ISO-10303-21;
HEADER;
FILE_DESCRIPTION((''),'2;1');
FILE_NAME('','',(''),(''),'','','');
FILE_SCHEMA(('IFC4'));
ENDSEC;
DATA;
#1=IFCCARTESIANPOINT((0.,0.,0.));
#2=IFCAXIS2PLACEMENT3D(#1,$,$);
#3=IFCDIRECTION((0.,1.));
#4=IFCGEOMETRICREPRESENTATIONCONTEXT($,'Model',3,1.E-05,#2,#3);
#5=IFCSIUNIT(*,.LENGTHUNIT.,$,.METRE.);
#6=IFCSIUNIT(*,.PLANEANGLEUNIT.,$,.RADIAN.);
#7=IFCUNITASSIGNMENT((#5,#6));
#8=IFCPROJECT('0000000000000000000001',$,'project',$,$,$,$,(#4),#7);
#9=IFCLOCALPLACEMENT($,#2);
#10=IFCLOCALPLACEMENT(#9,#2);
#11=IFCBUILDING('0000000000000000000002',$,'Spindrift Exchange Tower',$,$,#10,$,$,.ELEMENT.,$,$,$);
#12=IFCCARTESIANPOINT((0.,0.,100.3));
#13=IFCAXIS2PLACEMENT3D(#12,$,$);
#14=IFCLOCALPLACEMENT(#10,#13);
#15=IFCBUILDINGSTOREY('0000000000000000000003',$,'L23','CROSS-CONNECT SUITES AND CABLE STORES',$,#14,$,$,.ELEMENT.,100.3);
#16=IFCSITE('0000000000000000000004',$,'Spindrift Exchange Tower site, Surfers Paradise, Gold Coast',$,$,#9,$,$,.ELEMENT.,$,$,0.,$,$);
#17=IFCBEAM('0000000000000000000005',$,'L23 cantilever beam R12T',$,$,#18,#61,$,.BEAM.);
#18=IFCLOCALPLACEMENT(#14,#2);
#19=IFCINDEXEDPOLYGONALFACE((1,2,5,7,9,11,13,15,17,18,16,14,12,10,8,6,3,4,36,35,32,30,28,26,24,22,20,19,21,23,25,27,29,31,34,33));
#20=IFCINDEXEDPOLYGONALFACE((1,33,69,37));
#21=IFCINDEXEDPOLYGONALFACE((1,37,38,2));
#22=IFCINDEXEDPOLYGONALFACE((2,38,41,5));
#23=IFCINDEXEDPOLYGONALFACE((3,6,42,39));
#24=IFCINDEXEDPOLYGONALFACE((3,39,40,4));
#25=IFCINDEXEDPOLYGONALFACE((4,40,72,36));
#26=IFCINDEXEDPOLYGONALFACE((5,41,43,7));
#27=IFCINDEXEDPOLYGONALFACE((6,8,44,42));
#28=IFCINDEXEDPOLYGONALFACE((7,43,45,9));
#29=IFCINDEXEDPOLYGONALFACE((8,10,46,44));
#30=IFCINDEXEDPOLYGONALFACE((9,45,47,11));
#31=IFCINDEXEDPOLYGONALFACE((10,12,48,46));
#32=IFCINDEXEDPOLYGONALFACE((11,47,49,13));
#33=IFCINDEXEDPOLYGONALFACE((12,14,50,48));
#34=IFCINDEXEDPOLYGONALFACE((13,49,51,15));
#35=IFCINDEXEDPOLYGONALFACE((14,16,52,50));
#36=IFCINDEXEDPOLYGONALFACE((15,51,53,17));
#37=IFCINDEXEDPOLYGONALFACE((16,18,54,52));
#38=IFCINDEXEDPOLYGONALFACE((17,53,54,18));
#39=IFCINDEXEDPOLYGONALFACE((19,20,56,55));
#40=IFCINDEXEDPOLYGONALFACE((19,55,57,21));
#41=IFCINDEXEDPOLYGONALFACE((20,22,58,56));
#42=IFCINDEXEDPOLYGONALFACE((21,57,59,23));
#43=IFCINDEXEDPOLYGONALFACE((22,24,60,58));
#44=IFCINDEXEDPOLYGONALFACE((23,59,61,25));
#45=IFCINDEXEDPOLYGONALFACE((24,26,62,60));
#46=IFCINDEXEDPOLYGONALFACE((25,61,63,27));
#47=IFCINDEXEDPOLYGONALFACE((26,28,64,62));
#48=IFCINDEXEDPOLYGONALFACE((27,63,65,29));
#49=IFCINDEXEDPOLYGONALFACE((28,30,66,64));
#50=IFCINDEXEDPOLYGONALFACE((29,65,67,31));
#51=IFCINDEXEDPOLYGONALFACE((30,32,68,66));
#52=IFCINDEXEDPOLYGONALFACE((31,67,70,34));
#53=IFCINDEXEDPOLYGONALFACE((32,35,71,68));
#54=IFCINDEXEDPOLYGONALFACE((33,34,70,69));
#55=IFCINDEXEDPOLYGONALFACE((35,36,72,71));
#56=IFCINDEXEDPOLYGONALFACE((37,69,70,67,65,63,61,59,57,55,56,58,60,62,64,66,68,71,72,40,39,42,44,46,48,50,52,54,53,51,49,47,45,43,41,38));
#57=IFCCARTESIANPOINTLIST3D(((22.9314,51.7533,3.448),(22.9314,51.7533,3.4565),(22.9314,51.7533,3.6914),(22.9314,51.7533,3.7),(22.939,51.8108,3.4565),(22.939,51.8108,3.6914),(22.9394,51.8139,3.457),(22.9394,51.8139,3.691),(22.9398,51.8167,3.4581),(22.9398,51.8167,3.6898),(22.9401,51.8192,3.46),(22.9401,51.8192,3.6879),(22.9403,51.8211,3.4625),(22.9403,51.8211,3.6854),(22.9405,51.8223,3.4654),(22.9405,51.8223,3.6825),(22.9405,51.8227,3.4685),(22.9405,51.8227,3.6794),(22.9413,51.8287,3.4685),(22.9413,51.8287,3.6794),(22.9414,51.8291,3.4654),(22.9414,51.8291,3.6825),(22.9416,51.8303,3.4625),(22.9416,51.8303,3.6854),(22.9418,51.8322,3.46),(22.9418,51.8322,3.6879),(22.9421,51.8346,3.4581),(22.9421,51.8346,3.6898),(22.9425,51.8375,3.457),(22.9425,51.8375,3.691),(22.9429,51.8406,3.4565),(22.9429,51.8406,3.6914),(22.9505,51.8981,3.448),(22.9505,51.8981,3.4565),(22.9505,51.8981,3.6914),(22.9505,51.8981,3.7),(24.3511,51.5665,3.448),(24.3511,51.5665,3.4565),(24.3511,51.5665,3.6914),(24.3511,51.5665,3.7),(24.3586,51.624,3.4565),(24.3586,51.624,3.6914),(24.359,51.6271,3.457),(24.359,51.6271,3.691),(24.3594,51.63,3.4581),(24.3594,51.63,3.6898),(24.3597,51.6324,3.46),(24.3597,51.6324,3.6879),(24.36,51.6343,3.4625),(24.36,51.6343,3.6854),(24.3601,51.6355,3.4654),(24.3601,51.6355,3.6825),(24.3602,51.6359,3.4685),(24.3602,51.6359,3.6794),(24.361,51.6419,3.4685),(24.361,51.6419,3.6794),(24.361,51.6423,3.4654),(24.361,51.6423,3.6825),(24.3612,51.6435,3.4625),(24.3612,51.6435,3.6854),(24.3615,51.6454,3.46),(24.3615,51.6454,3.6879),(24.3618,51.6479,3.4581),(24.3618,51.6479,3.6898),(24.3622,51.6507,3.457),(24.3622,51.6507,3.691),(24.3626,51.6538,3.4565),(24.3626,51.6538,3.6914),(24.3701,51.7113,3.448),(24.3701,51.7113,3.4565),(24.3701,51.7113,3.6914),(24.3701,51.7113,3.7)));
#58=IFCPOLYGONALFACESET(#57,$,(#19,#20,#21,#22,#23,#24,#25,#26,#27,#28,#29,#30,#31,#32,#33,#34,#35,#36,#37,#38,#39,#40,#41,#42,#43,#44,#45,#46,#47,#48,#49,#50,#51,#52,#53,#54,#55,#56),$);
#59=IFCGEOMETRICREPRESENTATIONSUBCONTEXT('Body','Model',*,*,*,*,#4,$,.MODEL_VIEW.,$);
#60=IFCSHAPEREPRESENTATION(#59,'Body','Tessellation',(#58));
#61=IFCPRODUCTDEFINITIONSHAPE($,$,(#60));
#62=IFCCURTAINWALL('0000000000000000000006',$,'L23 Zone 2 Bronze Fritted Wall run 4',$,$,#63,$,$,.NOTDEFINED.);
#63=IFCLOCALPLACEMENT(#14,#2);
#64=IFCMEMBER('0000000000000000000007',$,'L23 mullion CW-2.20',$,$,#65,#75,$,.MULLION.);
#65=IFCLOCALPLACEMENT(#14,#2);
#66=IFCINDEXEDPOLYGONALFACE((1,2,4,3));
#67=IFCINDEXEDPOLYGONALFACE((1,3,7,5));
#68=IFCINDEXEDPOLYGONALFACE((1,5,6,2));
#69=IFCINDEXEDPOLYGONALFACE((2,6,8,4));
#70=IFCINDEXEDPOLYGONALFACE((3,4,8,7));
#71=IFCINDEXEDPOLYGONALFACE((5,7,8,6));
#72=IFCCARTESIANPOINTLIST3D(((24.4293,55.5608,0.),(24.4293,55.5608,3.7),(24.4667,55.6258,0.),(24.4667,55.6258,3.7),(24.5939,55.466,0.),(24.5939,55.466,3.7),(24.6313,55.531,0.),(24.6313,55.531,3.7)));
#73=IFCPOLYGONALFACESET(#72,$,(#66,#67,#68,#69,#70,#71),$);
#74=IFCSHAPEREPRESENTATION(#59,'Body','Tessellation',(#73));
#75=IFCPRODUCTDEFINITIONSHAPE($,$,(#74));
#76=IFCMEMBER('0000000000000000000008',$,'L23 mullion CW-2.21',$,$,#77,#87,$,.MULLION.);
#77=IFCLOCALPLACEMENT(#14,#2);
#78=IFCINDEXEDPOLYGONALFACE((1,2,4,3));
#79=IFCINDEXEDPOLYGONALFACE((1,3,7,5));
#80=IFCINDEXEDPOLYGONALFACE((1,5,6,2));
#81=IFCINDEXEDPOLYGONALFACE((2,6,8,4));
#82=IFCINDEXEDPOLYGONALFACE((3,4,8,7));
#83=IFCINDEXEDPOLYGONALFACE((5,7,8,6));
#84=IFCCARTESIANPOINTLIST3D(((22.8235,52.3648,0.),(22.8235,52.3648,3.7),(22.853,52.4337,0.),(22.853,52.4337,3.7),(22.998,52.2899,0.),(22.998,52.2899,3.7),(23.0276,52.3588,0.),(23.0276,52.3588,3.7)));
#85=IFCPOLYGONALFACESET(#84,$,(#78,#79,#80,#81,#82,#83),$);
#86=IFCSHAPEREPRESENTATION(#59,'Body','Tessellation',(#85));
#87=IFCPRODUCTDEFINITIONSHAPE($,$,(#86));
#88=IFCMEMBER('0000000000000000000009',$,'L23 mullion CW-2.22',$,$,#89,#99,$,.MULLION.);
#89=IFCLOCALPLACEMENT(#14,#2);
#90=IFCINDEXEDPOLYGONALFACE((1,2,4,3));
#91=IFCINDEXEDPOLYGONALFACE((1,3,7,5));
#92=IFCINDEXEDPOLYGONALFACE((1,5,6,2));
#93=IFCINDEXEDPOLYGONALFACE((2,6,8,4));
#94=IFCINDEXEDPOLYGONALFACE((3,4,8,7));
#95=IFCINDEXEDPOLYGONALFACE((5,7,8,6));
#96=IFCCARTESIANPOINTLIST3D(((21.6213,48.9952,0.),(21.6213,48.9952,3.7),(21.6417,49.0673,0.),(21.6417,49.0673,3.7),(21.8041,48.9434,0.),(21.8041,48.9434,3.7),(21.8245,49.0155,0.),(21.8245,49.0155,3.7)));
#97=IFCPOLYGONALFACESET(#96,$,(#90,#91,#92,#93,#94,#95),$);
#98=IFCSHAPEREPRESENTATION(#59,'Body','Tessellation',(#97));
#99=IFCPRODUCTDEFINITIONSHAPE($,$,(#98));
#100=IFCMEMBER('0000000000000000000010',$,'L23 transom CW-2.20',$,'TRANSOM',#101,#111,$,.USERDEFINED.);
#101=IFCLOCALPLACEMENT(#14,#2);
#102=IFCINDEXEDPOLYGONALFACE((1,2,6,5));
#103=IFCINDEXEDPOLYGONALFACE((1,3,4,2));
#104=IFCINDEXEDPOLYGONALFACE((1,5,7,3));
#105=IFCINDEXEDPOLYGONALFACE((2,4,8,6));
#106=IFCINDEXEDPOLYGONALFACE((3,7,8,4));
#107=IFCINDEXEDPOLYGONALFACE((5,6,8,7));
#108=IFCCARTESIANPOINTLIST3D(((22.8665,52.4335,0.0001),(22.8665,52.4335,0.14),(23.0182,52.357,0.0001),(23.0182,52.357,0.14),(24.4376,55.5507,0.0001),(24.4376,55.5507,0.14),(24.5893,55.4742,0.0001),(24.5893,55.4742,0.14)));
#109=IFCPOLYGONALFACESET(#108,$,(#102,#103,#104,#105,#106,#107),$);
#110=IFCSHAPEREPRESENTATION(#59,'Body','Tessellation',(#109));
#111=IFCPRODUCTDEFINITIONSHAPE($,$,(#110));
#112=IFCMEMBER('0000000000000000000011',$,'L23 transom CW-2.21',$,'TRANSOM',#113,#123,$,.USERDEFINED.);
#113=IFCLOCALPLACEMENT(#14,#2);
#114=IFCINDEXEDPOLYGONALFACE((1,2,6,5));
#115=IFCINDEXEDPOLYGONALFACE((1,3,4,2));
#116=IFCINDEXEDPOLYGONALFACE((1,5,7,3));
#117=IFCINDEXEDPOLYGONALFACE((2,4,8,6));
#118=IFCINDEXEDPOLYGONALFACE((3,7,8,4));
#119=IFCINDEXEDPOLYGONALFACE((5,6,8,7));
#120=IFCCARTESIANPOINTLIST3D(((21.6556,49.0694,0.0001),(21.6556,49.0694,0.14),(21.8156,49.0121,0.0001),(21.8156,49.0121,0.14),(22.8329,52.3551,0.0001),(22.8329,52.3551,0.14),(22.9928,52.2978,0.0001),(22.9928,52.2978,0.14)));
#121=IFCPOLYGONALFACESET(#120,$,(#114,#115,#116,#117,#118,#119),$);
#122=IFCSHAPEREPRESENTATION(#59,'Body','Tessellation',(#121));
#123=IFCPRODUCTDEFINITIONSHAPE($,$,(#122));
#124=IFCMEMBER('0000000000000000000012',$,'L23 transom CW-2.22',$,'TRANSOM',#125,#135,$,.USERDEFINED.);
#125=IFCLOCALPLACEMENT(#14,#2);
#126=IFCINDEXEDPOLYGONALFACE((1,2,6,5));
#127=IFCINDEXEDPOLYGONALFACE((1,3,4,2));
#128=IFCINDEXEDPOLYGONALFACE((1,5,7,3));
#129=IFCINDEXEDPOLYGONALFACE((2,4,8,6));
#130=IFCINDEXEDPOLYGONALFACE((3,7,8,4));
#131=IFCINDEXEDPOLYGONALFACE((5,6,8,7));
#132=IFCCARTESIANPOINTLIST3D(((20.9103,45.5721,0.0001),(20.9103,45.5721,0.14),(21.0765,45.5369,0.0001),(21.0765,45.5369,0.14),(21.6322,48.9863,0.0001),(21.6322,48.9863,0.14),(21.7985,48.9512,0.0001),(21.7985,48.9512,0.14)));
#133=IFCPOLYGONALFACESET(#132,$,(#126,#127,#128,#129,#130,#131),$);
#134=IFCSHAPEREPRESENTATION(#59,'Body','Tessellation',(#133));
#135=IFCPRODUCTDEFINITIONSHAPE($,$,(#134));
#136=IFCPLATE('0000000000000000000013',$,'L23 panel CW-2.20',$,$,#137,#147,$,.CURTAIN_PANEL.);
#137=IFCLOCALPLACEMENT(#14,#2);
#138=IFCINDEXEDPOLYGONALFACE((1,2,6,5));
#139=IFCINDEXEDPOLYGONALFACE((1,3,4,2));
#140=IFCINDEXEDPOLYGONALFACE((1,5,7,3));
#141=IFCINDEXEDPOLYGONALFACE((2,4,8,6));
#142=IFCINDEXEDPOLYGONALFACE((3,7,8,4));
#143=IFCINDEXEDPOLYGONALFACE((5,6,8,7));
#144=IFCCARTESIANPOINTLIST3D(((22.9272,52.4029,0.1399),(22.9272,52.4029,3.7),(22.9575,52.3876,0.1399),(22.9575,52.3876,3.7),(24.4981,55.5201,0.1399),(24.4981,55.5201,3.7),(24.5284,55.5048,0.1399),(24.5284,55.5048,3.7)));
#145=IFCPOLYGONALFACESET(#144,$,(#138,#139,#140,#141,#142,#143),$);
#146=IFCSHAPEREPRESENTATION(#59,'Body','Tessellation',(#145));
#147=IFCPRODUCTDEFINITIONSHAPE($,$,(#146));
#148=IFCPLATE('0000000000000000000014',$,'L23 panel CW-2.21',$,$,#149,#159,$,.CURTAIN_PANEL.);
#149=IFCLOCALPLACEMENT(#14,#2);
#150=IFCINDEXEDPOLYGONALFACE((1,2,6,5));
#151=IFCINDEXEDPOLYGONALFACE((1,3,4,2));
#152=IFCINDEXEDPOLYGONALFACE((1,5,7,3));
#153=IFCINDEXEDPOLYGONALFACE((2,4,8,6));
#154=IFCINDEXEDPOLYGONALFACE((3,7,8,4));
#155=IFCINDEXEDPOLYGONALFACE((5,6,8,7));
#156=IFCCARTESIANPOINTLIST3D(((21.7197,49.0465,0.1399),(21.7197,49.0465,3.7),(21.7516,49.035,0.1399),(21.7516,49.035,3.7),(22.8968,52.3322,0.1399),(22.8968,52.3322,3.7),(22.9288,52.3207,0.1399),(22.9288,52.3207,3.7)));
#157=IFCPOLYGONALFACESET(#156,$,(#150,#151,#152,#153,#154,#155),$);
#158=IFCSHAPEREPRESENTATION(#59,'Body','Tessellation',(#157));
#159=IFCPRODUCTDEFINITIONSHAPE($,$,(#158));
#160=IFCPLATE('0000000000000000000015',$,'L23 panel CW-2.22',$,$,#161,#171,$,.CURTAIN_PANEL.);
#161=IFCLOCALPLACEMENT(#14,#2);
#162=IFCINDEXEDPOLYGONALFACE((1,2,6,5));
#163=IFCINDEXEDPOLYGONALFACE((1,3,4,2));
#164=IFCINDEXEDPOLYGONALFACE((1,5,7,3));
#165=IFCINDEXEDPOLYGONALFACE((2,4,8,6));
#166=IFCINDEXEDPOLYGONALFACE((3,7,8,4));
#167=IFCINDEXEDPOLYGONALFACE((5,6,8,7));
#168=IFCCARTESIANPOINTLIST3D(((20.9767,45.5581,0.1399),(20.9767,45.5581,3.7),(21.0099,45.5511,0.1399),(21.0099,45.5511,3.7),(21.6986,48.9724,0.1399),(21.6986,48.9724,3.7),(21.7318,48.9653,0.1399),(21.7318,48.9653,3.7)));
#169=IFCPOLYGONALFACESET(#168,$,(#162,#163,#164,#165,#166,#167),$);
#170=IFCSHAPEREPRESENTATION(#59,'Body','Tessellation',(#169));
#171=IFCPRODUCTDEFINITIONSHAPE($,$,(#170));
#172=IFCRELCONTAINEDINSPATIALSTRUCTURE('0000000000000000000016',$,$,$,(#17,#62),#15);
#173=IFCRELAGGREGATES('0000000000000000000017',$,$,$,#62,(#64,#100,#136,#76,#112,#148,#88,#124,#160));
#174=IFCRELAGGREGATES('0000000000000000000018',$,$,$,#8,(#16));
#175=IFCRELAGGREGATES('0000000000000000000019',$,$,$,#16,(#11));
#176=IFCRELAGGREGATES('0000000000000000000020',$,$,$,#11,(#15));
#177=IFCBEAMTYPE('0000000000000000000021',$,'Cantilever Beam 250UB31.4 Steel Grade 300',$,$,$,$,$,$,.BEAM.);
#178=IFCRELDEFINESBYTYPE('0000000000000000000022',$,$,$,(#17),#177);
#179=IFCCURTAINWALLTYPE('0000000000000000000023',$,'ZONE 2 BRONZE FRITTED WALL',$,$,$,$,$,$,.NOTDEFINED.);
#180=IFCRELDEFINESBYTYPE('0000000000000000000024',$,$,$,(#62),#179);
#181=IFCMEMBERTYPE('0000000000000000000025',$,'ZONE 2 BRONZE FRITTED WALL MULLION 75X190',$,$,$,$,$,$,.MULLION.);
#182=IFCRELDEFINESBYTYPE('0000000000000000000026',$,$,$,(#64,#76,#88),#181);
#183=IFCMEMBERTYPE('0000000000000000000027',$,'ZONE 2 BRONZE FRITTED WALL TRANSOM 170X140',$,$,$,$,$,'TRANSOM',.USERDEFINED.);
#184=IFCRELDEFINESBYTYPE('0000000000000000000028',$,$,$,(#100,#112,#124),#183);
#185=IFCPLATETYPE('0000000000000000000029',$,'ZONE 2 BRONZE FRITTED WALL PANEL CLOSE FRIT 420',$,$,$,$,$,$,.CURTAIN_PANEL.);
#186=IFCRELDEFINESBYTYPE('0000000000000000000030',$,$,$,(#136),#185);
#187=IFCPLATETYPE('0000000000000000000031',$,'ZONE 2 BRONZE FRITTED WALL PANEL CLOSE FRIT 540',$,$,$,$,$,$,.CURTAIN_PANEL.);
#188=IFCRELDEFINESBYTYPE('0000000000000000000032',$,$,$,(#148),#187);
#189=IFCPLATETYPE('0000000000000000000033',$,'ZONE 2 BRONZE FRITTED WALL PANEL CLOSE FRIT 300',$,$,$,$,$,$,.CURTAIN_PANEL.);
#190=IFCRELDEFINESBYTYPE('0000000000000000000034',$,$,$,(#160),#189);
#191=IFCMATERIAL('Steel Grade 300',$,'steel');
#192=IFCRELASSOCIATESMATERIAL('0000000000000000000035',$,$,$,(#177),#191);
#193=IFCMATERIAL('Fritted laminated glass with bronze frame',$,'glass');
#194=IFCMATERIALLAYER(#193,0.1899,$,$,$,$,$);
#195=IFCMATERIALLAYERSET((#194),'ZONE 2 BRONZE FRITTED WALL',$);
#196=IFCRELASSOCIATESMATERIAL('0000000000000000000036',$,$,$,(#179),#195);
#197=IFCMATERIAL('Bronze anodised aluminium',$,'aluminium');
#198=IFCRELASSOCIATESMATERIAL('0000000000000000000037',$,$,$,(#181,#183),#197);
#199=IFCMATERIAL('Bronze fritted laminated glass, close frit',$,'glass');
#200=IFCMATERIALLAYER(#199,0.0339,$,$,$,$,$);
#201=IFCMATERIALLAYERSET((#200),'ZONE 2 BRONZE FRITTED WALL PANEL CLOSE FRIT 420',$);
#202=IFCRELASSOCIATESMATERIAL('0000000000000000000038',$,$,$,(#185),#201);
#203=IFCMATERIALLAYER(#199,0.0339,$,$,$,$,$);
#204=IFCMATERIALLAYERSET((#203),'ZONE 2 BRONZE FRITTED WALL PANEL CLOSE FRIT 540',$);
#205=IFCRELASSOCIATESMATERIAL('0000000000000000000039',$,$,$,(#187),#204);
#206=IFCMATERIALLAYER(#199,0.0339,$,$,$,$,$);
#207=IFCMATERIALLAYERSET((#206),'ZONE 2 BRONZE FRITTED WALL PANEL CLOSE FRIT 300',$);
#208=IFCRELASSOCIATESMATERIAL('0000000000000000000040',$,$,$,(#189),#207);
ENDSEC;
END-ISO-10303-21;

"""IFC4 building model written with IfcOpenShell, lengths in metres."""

from ifc_helpers import new_model, si_unit, direction, frame, origin, origin_2d, place, context, subcontext, project, spatial, rectangle, i_section, extrude, source, transform, mapped, material, layer, layer_set, material_profile, profile_set, type_object, element, aggregate, save


model = new_model("IFC4")

# Units and contexts
model_context = context("Model", 3, precision=1e-05, world=origin(), true_north=direction((0.0, 1.0)))
body_context = subcontext(model_context, "Body", "Model", "MODEL_VIEW")
ifc_project = project(units=[si_unit("LENGTHUNIT", "METRE"), si_unit("PLANEANGLEUNIT", "RADIAN")], contexts=[model_context])

# Site, building, storey
site_placement = place(None, origin())
site = spatial("IfcSite", under=ifc_project, at=site_placement, Name="Spindrift Exchange Tower site, Surfers Paradise, Gold Coast", CompositionType="ELEMENT", RefElevation=0.0)
building_placement = place(site_placement, origin())
building = spatial("IfcBuilding", under=site, at=building_placement, Name="Spindrift Exchange Tower", CompositionType="ELEMENT")
storey_placement = place(building_placement, frame((0.0, 0.0, 100.3)))
storey = spatial("IfcBuildingStorey", under=building, at=storey_placement, Name="L23", Description="CROSS-CONNECT SUITES AND CABLE STORES", CompositionType="ELEMENT", Elevation=100.3)

# Beam
ifc_material_1 = material(Name="Steel Grade 300", Category="steel")
ifc_material_profile_1 = material_profile(ifc_material_1, i_section(OverallWidth=0.146, OverallDepth=0.252, WebThickness=0.0061, FlangeThickness=0.0085, FilletRadius=0.012, at=origin_2d()), Name="250UB31.4")
ifc_profile_set_1 = profile_set([ifc_material_profile_1], Name="Steel Grade 300")
beam_type_1 = type_object("IfcBeamType", Name="Cantilever Beam 250UB31.4 Steel Grade 300", PredefinedType="BEAM", material=ifc_profile_set_1)
shared_shape_1 = source(origin(), body_context, "Body", "SweptSolid", [
    extrude(i_section(OverallWidth=0.146, OverallDepth=0.252, WebThickness=0.0061, FlangeThickness=0.0085, FilletRadius=0.012, at=origin_2d()), origin(), (0.0, 0.0, 1.0), 1.4319),
])
beam_1_placement = place(storey_placement, frame((24.3606, 51.6389, 3.574), z_axis=(-0.991457, 0.130432, 0.0), x_axis=(-0.130432, -0.991457, 0.0)))
element("IfcBeam", 1, at=beam_1_placement, inside=storey, type_object=beam_type_1, Name="L23 cantilever beam R12T", PredefinedType="BEAM", context=body_context, shape_type="MappedRepresentation", body=[
    mapped(shared_shape_1, transform((0.0, 0.0, 0.0), scale=1.0)),
])

# Curtain wall, members, plates
ifc_material_2 = material(Name="Fritted laminated glass with bronze frame", Category="glass")
ifc_layer_1 = layer(ifc_material_2, 0.1899)
ifc_layer_set_1 = layer_set([ifc_layer_1], Name="ZONE 2 BRONZE FRITTED WALL")
curtain_wall_type = type_object("IfcCurtainWallType", Name="ZONE 2 BRONZE FRITTED WALL", PredefinedType="NOTDEFINED", material=ifc_layer_set_1)
curtain_wall_placement = place(storey_placement, origin())
curtain_wall = element("IfcCurtainWall", 2, at=curtain_wall_placement, inside=storey, type_object=curtain_wall_type, Name="L23 Zone 2 Bronze Fritted Wall run 4", PredefinedType="NOTDEFINED")
ifc_material_3 = material(Name="Bronze anodised aluminium", Category="aluminium")
ifc_material_profile_2 = material_profile(ifc_material_3, rectangle(XDim=0.075, YDim=0.1899, at=origin_2d()), Name="ZONE 2 BRONZE FRITTED WALL MULLION 75X190")
ifc_profile_set_2 = profile_set([ifc_material_profile_2], Name="Bronze anodised aluminium")
member_type_1 = type_object("IfcMemberType", Name="ZONE 2 BRONZE FRITTED WALL MULLION 75X190", PredefinedType="MULLION", material=ifc_profile_set_2)
shared_shape_2 = source(origin(), body_context, "Body", "SweptSolid", [
    extrude(rectangle(XDim=0.075, YDim=0.1899, at=origin_2d()), origin(), (0.0, 0.0, 1.0), 3.7),
])
member_1_placement = place(storey_placement, frame((24.5303, 55.5459, 0.0), z_axis=(0.0, 0.0, 1.0), x_axis=(-0.499269, -0.866447, 0.0)))
member_1 = element("IfcMember", 3, at=member_1_placement, type_object=member_type_1, Name="L23 mullion CW-2.20", PredefinedType="MULLION", context=body_context, shape_type="MappedRepresentation", body=[
    mapped(shared_shape_2, transform((0.0, 0.0, 0.0), scale=1.0)),
])
member_2_placement = place(storey_placement, frame((22.9255, 52.3618, 0.0), z_axis=(0.0, 0.0, 1.0), x_axis=(-0.394401, -0.918938, 0.0)))
member_2 = element("IfcMember", 4, at=member_2_placement, type_object=member_type_1, Name="L23 mullion CW-2.21", PredefinedType="MULLION", context=body_context, shape_type="MappedRepresentation", body=[
    mapped(shared_shape_2, transform((0.0, 0.0, 0.0), scale=1.0)),
])
member_3_placement = place(storey_placement, frame((21.7229, 49.0054, 0.0), z_axis=(0.0, 0.0, 1.0), x_axis=(-0.272697, -0.9621, 0.0)))
member_3 = element("IfcMember", 5, at=member_3_placement, type_object=member_type_1, Name="L23 mullion CW-2.22", PredefinedType="MULLION", context=body_context, shape_type="MappedRepresentation", body=[
    mapped(shared_shape_2, transform((0.0, 0.0, 0.0), scale=1.0)),
])
ifc_material_profile_3 = material_profile(ifc_material_3, rectangle(XDim=0.1699, YDim=0.1399, at=origin_2d()), Name="ZONE 2 BRONZE FRITTED WALL TRANSOM 170X140")
ifc_profile_set_3 = profile_set([ifc_material_profile_3], Name="Bronze anodised aluminium")
member_type_2 = type_object("IfcMemberType", Name="ZONE 2 BRONZE FRITTED WALL TRANSOM 170X140", ElementType="TRANSOM", PredefinedType="USERDEFINED", material=ifc_profile_set_3)
shared_shape_3 = source(origin(), body_context, "Body", "SweptSolid", [
    extrude(rectangle(XDim=0.1699, YDim=0.1399, at=origin_2d()), origin(), (0.0, 0.0, 1.0), 3.4907),
])
member_4_placement = place(storey_placement, frame((24.5134, 55.5125, 0.0701), z_axis=(-0.450065, -0.892996, 0.0), x_axis=(0.892996, -0.450065, 0.0)))
member_4 = element("IfcMember", 6, at=member_4_placement, type_object=member_type_2, Name="L23 transom CW-2.20", ObjectType="TRANSOM", PredefinedType="USERDEFINED", context=body_context, shape_type="MappedRepresentation", body=[
    mapped(shared_shape_3, transform((0.0, 0.0, 0.0), scale=1.0)),
])
shared_shape_4 = source(origin(), body_context, "Body", "SweptSolid", [
    extrude(rectangle(XDim=0.1699, YDim=0.1399, at=origin_2d()), origin(), (0.0, 0.0, 1.0), 3.4902),
])
member_5_placement = place(storey_placement, frame((22.9128, 52.3264, 0.0701), z_axis=(-0.337302, -0.941396, 0.0), x_axis=(0.941396, -0.337302, 0.0)))
member_5 = element("IfcMember", 7, at=member_5_placement, type_object=member_type_2, Name="L23 transom CW-2.21", ObjectType="TRANSOM", PredefinedType="USERDEFINED", context=body_context, shape_type="MappedRepresentation", body=[
    mapped(shared_shape_4, transform((0.0, 0.0, 0.0), scale=1.0)),
])
shared_shape_5 = source(origin(), body_context, "Body", "SweptSolid", [
    extrude(rectangle(XDim=0.1699, YDim=0.1399, at=origin_2d()), origin(), (0.0, 0.0, 1.0), 3.4897),
])
member_6_placement = place(storey_placement, frame((21.7153, 48.9688, 0.0701), z_axis=(-0.206867, -0.978369, 0.0), x_axis=(0.978369, -0.206867, 0.0)))
member_6 = element("IfcMember", 8, at=member_6_placement, type_object=member_type_2, Name="L23 transom CW-2.22", ObjectType="TRANSOM", PredefinedType="USERDEFINED", context=body_context, shape_type="MappedRepresentation", body=[
    mapped(shared_shape_5, transform((0.0, 0.0, 0.0), scale=1.0)),
])
ifc_material_4 = material(Name="Bronze fritted laminated glass, close frit", Category="glass")
ifc_layer_2 = layer(ifc_material_4, 0.0339)
ifc_layer_set_2 = layer_set([ifc_layer_2], Name="ZONE 2 BRONZE FRITTED WALL PANEL CLOSE FRIT 420")
plate_type_1 = type_object("IfcPlateType", Name="ZONE 2 BRONZE FRITTED WALL PANEL CLOSE FRIT 420", PredefinedType="CURTAIN_PANEL", material=ifc_layer_set_2)
shared_shape_6 = source(origin(), body_context, "Body", "SweptSolid", [
    extrude(rectangle(XDim=3.4907, YDim=0.0339, at=origin_2d()), origin(), (0.0, 0.0, 1.0), 3.5601),
])
plate_1_placement = place(storey_placement, frame((23.7278, 53.9539, 0.1399), z_axis=(0.0, 0.0, 1.0), x_axis=(-0.450038, -0.89301, 0.0)))
plate_1 = element("IfcPlate", 9, at=plate_1_placement, type_object=plate_type_1, Name="L23 panel CW-2.20", PredefinedType="CURTAIN_PANEL", context=body_context, shape_type="MappedRepresentation", body=[
    mapped(shared_shape_6, transform((0.0, 0.0, 0.0), scale=1.0)),
])
ifc_layer_3 = layer(ifc_material_4, 0.0339)
ifc_layer_set_3 = layer_set([ifc_layer_3], Name="ZONE 2 BRONZE FRITTED WALL PANEL CLOSE FRIT 540")
plate_type_2 = type_object("IfcPlateType", Name="ZONE 2 BRONZE FRITTED WALL PANEL CLOSE FRIT 540", PredefinedType="CURTAIN_PANEL", material=ifc_layer_set_3)
shared_shape_7 = source(origin(), body_context, "Body", "SweptSolid", [
    extrude(rectangle(XDim=3.4902, YDim=0.0339, at=origin_2d()), origin(), (0.0, 0.0, 1.0), 3.5601),
])
plate_2_placement = place(storey_placement, frame((22.3242, 50.6836, 0.1399), z_axis=(0.0, 0.0, 1.0), x_axis=(-0.337278, -0.941405, 0.0)))
plate_2 = element("IfcPlate", 10, at=plate_2_placement, type_object=plate_type_2, Name="L23 panel CW-2.21", PredefinedType="CURTAIN_PANEL", context=body_context, shape_type="MappedRepresentation", body=[
    mapped(shared_shape_7, transform((0.0, 0.0, 0.0), scale=1.0)),
])
ifc_layer_4 = layer(ifc_material_4, 0.0339)
ifc_layer_set_4 = layer_set([ifc_layer_4], Name="ZONE 2 BRONZE FRITTED WALL PANEL CLOSE FRIT 300")
plate_type_3 = type_object("IfcPlateType", Name="ZONE 2 BRONZE FRITTED WALL PANEL CLOSE FRIT 300", PredefinedType="CURTAIN_PANEL", material=ifc_layer_set_4)
shared_shape_8 = source(origin(), body_context, "Body", "SweptSolid", [
    extrude(rectangle(XDim=3.4897, YDim=0.0339, at=origin_2d()), origin(), (0.0, 0.0, 1.0), 3.5601),
])
plate_3_placement = place(storey_placement, frame((21.3542, 47.2617, 0.1399), z_axis=(0.0, 0.0, 1.0), x_axis=(-0.206862, -0.97837, 0.0)))
plate_3 = element("IfcPlate", 11, at=plate_3_placement, type_object=plate_type_3, Name="L23 panel CW-2.22", PredefinedType="CURTAIN_PANEL", context=body_context, shape_type="MappedRepresentation", body=[
    mapped(shared_shape_8, transform((0.0, 0.0, 0.0), scale=1.0)),
])
aggregate(curtain_wall, [member_1, member_4, plate_1, member_2, member_5, plate_2, member_3, member_6, plate_3])

save(model, "model.ifc")
